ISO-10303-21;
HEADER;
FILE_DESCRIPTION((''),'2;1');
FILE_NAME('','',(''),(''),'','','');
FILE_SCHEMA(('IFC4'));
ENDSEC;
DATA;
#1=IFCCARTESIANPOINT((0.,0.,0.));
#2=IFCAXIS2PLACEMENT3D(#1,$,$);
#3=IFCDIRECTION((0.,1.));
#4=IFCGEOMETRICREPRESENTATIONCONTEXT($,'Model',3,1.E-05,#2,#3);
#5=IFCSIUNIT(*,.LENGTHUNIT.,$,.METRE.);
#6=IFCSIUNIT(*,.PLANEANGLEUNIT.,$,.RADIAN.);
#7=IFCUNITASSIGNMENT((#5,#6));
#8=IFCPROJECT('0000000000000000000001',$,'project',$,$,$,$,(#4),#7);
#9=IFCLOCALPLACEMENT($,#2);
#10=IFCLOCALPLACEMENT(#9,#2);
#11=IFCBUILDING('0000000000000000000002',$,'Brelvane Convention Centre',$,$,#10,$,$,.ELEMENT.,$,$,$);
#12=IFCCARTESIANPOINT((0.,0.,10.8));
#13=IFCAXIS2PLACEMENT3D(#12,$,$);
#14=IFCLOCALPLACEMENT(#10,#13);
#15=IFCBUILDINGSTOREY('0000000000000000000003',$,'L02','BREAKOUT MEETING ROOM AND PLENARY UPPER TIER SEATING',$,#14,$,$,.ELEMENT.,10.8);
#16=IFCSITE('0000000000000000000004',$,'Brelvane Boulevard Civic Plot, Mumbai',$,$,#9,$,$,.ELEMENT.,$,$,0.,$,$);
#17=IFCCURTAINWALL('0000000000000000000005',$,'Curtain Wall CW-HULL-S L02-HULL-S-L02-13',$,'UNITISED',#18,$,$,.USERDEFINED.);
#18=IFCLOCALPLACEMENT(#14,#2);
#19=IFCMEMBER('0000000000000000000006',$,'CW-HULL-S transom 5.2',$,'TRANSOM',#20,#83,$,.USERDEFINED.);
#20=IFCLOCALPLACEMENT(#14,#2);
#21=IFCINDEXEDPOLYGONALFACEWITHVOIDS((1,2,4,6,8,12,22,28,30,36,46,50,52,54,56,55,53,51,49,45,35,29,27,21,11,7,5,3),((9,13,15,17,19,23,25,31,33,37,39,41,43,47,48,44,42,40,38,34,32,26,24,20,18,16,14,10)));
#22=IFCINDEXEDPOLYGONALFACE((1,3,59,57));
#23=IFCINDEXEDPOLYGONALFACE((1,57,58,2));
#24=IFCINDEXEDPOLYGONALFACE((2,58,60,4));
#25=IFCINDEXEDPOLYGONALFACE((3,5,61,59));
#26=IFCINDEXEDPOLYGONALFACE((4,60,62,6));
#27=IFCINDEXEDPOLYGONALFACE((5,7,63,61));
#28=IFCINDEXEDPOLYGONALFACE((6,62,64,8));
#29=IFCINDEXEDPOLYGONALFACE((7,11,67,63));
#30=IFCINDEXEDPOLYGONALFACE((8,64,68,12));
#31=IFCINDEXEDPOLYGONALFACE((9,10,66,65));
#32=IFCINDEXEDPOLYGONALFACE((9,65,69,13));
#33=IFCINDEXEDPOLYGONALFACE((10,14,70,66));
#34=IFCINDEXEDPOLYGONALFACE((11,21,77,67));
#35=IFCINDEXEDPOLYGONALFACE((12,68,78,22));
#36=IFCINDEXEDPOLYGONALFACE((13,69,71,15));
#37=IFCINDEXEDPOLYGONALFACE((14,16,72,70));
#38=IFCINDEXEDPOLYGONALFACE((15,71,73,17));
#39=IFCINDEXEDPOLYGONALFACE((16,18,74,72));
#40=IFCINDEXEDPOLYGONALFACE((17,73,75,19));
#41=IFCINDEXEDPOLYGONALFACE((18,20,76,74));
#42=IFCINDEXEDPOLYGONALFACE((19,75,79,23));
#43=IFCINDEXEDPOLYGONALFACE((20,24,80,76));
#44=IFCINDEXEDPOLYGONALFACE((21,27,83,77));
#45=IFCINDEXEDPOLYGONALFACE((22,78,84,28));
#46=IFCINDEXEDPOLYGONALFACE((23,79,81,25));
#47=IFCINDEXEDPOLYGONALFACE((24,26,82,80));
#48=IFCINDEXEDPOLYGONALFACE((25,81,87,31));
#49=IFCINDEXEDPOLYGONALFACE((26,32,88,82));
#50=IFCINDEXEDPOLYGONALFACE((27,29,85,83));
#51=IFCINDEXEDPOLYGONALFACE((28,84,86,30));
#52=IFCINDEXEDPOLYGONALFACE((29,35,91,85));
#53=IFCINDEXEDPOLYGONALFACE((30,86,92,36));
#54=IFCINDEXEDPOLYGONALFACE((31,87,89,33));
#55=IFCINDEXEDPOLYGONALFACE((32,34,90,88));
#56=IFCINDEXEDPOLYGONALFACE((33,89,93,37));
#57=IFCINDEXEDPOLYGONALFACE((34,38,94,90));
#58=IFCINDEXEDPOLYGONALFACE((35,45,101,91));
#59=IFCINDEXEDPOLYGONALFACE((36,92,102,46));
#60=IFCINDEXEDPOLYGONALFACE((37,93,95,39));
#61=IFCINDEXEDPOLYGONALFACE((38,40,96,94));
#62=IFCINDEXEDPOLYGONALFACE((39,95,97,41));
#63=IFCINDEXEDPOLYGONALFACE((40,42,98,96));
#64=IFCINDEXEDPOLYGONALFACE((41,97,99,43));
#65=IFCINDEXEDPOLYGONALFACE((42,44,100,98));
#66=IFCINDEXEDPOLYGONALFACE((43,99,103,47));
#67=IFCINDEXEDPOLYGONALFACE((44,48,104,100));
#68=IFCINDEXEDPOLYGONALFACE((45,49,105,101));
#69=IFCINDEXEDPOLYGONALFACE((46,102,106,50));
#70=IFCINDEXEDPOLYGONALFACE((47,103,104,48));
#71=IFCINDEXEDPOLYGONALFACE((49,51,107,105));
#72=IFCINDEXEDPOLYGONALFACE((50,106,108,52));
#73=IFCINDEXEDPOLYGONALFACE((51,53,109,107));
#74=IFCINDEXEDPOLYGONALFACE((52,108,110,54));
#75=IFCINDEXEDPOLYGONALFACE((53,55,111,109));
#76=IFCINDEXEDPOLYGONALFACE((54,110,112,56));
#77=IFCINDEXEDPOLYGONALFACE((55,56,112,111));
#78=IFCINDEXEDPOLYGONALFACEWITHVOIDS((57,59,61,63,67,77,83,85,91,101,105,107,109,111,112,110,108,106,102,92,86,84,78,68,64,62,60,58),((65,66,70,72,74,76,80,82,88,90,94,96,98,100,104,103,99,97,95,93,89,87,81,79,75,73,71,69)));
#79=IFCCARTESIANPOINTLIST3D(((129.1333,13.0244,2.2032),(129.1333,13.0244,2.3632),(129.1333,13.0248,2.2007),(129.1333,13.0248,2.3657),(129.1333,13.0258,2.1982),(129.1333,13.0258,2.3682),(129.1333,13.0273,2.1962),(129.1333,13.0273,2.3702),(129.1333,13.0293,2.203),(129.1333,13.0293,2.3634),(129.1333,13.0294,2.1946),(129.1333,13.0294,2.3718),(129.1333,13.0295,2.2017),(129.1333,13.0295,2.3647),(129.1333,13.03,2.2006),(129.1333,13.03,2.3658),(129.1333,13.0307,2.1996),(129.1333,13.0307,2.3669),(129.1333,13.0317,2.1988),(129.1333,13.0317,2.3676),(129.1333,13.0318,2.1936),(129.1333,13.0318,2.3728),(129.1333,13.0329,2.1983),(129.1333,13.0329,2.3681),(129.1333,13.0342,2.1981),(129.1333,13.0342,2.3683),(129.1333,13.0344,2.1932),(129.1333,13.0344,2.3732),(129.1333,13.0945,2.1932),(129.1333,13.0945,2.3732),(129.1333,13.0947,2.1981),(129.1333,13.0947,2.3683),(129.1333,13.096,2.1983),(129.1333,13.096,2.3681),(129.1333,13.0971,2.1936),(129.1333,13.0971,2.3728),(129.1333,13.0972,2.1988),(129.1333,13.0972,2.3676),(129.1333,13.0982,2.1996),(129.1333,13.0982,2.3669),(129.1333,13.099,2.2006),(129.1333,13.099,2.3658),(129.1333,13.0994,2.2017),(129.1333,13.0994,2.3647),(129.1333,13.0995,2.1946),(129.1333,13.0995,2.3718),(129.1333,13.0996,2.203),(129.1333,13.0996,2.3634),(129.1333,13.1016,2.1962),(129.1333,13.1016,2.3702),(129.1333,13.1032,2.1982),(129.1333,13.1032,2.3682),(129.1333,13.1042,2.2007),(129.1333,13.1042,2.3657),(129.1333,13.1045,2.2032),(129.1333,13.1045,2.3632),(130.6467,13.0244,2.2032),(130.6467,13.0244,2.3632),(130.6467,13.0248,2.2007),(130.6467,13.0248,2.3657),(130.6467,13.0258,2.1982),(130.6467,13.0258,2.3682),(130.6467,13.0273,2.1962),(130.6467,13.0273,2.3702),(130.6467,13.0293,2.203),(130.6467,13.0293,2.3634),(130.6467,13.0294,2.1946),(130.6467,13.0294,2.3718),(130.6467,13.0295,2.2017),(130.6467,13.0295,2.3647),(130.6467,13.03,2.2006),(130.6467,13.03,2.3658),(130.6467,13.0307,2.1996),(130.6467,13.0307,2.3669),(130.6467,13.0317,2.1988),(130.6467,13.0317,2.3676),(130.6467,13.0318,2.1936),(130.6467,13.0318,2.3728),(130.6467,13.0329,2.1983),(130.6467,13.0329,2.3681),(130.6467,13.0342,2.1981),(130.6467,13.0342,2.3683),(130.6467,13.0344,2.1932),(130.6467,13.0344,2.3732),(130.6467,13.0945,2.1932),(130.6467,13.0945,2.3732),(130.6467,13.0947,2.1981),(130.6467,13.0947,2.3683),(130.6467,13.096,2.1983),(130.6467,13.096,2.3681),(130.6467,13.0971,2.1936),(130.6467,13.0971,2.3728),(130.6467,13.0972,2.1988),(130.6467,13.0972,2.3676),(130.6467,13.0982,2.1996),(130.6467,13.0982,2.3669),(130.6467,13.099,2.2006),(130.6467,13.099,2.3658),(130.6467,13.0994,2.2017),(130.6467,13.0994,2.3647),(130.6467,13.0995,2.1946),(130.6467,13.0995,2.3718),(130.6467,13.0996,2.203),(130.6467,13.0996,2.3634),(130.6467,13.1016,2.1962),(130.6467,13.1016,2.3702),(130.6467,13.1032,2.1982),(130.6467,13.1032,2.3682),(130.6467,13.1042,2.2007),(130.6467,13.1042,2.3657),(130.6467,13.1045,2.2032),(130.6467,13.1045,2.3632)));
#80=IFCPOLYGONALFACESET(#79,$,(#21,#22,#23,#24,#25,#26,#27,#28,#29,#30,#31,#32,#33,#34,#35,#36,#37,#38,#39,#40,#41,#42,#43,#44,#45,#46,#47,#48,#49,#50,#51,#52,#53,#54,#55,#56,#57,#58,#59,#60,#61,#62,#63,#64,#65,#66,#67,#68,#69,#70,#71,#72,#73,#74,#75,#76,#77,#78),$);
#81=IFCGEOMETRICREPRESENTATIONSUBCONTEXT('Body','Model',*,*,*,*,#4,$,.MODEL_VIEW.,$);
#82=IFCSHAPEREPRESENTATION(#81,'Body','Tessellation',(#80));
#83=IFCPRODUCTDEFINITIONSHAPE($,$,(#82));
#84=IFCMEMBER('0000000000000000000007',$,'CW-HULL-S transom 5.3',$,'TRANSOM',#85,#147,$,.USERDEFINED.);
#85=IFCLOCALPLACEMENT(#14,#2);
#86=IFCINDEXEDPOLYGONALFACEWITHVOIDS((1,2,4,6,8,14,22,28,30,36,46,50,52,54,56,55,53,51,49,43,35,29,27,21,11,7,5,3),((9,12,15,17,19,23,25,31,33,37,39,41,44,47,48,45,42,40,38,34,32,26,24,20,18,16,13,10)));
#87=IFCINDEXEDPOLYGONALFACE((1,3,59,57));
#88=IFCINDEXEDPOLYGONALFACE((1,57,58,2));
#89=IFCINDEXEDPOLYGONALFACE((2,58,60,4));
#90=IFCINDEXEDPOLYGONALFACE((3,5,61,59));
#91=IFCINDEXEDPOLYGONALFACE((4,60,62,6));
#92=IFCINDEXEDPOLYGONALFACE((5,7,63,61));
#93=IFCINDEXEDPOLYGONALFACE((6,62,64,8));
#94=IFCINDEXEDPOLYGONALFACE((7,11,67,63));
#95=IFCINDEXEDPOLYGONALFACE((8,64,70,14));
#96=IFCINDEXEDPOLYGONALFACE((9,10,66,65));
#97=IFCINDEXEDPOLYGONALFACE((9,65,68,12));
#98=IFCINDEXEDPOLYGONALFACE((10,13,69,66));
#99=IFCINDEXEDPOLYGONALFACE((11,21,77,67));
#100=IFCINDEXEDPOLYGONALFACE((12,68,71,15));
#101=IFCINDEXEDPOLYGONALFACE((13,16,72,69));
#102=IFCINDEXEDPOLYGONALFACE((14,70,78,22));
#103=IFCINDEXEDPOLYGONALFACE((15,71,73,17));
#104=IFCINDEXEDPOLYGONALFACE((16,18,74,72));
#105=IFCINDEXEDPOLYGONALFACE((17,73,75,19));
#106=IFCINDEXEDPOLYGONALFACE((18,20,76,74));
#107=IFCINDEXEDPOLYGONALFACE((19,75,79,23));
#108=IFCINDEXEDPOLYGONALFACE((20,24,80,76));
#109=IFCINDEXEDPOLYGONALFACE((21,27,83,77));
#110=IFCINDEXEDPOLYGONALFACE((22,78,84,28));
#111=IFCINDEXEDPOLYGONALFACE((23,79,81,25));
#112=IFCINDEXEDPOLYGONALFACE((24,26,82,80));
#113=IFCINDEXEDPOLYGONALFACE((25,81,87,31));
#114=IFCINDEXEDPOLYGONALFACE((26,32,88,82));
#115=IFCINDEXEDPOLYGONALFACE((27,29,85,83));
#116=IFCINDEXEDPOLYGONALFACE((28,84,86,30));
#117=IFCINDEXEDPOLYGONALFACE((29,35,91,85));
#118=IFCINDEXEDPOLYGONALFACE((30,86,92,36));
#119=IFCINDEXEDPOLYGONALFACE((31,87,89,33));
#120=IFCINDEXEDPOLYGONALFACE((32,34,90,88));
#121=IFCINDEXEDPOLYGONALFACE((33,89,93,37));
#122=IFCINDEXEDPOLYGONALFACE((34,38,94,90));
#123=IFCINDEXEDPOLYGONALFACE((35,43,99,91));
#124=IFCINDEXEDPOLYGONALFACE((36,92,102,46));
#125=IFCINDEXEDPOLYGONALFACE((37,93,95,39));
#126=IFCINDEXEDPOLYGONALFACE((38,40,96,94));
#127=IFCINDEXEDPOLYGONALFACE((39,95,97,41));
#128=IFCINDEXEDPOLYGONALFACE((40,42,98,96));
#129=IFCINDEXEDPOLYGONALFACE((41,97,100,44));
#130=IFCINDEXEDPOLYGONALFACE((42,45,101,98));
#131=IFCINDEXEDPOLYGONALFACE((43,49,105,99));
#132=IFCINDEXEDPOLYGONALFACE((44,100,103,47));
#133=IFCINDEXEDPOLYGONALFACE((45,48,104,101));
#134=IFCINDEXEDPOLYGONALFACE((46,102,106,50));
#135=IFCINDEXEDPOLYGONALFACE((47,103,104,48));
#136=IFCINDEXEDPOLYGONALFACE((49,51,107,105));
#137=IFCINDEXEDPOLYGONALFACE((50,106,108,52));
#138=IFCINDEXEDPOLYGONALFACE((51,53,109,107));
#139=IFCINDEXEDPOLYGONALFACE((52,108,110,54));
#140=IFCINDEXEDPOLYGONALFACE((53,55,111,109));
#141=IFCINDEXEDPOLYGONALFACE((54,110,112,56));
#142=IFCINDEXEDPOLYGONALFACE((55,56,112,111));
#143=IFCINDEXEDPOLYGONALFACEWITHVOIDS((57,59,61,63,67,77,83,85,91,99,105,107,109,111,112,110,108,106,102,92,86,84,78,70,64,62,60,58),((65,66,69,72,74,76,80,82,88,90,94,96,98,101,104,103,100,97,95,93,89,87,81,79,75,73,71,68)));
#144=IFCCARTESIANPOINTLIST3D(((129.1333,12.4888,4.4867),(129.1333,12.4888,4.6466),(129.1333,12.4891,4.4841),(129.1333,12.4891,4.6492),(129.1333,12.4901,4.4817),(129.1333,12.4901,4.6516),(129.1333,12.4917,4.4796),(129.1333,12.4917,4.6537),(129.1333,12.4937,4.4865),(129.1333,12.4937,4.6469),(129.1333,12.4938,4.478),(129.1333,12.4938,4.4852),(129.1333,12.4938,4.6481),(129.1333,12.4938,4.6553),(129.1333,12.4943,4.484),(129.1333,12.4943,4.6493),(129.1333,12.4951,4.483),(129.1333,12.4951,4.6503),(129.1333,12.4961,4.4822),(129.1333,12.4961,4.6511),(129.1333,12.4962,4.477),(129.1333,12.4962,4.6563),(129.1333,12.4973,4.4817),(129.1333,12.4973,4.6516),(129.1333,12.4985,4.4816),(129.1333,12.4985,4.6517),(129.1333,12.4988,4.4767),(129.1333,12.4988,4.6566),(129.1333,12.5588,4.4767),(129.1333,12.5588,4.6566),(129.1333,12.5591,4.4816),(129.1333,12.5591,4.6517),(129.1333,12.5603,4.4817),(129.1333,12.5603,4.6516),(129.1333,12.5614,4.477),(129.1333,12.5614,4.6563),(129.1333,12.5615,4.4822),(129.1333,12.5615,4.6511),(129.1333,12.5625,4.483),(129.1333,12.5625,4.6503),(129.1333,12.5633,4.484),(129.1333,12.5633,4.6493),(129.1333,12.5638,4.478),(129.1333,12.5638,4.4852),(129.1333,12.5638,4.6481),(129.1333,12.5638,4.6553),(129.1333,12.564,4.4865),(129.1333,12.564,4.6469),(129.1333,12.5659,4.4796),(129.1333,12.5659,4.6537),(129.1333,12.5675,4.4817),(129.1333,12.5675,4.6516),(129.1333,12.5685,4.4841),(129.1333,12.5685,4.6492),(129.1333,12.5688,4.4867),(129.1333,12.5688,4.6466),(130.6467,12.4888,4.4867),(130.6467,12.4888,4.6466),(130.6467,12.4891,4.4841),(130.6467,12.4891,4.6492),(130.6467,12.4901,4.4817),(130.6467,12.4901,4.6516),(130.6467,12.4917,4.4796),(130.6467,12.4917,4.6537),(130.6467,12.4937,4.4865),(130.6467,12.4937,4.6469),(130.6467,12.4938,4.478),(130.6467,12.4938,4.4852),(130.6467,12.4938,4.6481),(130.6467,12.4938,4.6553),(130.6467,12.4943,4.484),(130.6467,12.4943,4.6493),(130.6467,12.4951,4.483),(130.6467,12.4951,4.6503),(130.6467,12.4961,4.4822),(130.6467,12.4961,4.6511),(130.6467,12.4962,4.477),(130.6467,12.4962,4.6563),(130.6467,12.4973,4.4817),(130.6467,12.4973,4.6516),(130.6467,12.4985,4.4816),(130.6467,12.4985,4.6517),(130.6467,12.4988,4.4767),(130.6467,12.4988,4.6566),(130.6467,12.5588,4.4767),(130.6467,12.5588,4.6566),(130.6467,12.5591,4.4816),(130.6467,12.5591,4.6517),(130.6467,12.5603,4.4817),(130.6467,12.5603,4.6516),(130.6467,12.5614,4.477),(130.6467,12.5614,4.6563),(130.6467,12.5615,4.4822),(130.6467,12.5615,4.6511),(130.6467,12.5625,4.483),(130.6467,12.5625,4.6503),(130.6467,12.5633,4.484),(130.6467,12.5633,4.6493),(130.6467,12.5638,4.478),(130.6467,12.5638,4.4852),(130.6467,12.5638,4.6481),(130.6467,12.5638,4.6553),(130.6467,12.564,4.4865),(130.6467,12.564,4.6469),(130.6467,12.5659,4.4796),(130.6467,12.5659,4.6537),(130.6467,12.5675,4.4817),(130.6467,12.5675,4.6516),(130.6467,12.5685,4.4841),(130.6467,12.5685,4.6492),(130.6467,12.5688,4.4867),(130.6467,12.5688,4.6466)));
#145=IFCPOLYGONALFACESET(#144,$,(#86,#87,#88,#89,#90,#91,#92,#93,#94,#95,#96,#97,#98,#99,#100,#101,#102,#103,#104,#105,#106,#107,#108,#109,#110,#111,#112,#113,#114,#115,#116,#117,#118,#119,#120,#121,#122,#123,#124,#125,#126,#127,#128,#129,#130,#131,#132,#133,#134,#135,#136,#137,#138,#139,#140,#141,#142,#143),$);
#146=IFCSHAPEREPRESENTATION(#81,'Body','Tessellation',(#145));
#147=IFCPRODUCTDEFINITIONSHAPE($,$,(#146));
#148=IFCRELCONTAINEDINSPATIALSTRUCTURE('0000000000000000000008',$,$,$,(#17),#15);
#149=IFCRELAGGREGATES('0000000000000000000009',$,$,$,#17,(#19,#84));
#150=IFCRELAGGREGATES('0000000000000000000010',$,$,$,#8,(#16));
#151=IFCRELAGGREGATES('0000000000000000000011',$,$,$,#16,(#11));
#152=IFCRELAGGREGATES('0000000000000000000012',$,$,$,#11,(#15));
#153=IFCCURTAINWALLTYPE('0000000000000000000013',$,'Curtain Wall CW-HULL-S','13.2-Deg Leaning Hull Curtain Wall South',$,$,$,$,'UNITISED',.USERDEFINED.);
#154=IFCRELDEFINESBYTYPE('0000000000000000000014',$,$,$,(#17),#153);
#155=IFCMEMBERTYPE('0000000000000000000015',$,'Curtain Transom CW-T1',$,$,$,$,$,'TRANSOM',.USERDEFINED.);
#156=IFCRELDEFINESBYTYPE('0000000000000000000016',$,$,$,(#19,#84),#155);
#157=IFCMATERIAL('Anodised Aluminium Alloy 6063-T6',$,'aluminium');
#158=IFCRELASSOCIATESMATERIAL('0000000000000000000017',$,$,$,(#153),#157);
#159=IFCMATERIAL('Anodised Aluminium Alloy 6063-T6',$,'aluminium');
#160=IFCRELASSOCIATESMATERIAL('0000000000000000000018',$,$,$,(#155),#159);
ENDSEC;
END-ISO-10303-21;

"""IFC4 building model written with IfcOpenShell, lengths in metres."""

from ifc_helpers import new_model, si_unit, direction, frame, origin, origin_2d, place, context, subcontext, project, spatial, hollow_rectangle, extrude, material, material_profile, profile_set, type_object, element, aggregate, save


model = new_model("IFC4")

# Units and contexts
model_context = context("Model", 3, precision=1e-05, world=origin(), true_north=direction((0.0, 1.0)))
body_context = subcontext(model_context, "Body", "Model", "MODEL_VIEW")
ifc_project = project(units=[si_unit("LENGTHUNIT", "METRE"), si_unit("PLANEANGLEUNIT", "RADIAN")], contexts=[model_context])

# Site, building, storey
site_placement = place(None, origin())
site = spatial("IfcSite", under=ifc_project, at=site_placement, Name="Brelvane Boulevard Civic Plot, Mumbai", CompositionType="ELEMENT", RefElevation=0.0)
building_placement = place(site_placement, origin())
building = spatial("IfcBuilding", under=site, at=building_placement, Name="Brelvane Convention Centre", CompositionType="ELEMENT")
storey_placement = place(building_placement, frame((0.0, 0.0, 10.8)))
storey = spatial("IfcBuildingStorey", under=building, at=storey_placement, Name="L02", Description="BREAKOUT MEETING ROOM AND PLENARY UPPER TIER SEATING", CompositionType="ELEMENT", Elevation=10.8)

# Curtain wall, members
ifc_material_1 = material(Name="Anodised Aluminium Alloy 6063-T6", Category="aluminium")
curtain_wall_type = type_object("IfcCurtainWallType", Name="Curtain Wall CW-HULL-S", Description="13.2-Deg Leaning Hull Curtain Wall South", ElementType="UNITISED", PredefinedType="USERDEFINED", material=ifc_material_1)
curtain_wall_1_placement = place(storey_placement, origin())
curtain_wall_1 = element("IfcCurtainWall", 1, at=curtain_wall_1_placement, inside=storey, type_object=curtain_wall_type, Name="Curtain Wall CW-HULL-S L02-HULL-S-L02-13", ObjectType="UNITISED", PredefinedType="USERDEFINED")
ifc_material_2 = material(Name="Anodised Aluminium Alloy 6063-T6", Category="aluminium")
ifc_material_profile = material_profile(ifc_material_2, hollow_rectangle(XDim=0.0801, YDim=0.1799, WallThickness=0.0049, InnerFilletRadius=0.0049, OuterFilletRadius=0.01, at=origin_2d()), Name="ALU-T 180x80x5.0")
ifc_profile_set = profile_set([ifc_material_profile], Name="Anodised Aluminium Alloy 6063-T6")
member_type = type_object("IfcMemberType", Name="Curtain Transom CW-T1", ElementType="TRANSOM", PredefinedType="USERDEFINED", material=ifc_profile_set)
member_1_placement = place(storey_placement, frame((129.1333, 13.0645, 2.2832), z_axis=(1.0, 0.0, 0.0), x_axis=(0.0, 1.0, 0.0)))
member_1 = element("IfcMember", 2, at=member_1_placement, type_object=member_type, Name="CW-HULL-S transom 5.2", ObjectType="TRANSOM", PredefinedType="USERDEFINED", context=body_context, shape_type="SweptSolid", body=[
    extrude(hollow_rectangle(XDim=0.0801, YDim=0.1799, WallThickness=0.0049, InnerFilletRadius=0.0049, OuterFilletRadius=0.01, at=origin_2d()), origin(), (0.0, 0.0, 1.0), 1.5134),
])
member_2_placement = place(storey_placement, frame((129.1333, 12.5288, 4.5667), z_axis=(1.0, 0.0, 0.0), x_axis=(0.0, 1.0, 0.0)))
member_2 = element("IfcMember", 3, at=member_2_placement, type_object=member_type, Name="CW-HULL-S transom 5.3", ObjectType="TRANSOM", PredefinedType="USERDEFINED", context=body_context, shape_type="SweptSolid", body=[
    extrude(hollow_rectangle(XDim=0.0801, YDim=0.1799, WallThickness=0.0049, InnerFilletRadius=0.0049, OuterFilletRadius=0.01, at=origin_2d()), origin(), (0.0, 0.0, 1.0), 1.5134),
])

aggregate(curtain_wall_1, [member_1, member_2])

save(model, "model.ifc")
